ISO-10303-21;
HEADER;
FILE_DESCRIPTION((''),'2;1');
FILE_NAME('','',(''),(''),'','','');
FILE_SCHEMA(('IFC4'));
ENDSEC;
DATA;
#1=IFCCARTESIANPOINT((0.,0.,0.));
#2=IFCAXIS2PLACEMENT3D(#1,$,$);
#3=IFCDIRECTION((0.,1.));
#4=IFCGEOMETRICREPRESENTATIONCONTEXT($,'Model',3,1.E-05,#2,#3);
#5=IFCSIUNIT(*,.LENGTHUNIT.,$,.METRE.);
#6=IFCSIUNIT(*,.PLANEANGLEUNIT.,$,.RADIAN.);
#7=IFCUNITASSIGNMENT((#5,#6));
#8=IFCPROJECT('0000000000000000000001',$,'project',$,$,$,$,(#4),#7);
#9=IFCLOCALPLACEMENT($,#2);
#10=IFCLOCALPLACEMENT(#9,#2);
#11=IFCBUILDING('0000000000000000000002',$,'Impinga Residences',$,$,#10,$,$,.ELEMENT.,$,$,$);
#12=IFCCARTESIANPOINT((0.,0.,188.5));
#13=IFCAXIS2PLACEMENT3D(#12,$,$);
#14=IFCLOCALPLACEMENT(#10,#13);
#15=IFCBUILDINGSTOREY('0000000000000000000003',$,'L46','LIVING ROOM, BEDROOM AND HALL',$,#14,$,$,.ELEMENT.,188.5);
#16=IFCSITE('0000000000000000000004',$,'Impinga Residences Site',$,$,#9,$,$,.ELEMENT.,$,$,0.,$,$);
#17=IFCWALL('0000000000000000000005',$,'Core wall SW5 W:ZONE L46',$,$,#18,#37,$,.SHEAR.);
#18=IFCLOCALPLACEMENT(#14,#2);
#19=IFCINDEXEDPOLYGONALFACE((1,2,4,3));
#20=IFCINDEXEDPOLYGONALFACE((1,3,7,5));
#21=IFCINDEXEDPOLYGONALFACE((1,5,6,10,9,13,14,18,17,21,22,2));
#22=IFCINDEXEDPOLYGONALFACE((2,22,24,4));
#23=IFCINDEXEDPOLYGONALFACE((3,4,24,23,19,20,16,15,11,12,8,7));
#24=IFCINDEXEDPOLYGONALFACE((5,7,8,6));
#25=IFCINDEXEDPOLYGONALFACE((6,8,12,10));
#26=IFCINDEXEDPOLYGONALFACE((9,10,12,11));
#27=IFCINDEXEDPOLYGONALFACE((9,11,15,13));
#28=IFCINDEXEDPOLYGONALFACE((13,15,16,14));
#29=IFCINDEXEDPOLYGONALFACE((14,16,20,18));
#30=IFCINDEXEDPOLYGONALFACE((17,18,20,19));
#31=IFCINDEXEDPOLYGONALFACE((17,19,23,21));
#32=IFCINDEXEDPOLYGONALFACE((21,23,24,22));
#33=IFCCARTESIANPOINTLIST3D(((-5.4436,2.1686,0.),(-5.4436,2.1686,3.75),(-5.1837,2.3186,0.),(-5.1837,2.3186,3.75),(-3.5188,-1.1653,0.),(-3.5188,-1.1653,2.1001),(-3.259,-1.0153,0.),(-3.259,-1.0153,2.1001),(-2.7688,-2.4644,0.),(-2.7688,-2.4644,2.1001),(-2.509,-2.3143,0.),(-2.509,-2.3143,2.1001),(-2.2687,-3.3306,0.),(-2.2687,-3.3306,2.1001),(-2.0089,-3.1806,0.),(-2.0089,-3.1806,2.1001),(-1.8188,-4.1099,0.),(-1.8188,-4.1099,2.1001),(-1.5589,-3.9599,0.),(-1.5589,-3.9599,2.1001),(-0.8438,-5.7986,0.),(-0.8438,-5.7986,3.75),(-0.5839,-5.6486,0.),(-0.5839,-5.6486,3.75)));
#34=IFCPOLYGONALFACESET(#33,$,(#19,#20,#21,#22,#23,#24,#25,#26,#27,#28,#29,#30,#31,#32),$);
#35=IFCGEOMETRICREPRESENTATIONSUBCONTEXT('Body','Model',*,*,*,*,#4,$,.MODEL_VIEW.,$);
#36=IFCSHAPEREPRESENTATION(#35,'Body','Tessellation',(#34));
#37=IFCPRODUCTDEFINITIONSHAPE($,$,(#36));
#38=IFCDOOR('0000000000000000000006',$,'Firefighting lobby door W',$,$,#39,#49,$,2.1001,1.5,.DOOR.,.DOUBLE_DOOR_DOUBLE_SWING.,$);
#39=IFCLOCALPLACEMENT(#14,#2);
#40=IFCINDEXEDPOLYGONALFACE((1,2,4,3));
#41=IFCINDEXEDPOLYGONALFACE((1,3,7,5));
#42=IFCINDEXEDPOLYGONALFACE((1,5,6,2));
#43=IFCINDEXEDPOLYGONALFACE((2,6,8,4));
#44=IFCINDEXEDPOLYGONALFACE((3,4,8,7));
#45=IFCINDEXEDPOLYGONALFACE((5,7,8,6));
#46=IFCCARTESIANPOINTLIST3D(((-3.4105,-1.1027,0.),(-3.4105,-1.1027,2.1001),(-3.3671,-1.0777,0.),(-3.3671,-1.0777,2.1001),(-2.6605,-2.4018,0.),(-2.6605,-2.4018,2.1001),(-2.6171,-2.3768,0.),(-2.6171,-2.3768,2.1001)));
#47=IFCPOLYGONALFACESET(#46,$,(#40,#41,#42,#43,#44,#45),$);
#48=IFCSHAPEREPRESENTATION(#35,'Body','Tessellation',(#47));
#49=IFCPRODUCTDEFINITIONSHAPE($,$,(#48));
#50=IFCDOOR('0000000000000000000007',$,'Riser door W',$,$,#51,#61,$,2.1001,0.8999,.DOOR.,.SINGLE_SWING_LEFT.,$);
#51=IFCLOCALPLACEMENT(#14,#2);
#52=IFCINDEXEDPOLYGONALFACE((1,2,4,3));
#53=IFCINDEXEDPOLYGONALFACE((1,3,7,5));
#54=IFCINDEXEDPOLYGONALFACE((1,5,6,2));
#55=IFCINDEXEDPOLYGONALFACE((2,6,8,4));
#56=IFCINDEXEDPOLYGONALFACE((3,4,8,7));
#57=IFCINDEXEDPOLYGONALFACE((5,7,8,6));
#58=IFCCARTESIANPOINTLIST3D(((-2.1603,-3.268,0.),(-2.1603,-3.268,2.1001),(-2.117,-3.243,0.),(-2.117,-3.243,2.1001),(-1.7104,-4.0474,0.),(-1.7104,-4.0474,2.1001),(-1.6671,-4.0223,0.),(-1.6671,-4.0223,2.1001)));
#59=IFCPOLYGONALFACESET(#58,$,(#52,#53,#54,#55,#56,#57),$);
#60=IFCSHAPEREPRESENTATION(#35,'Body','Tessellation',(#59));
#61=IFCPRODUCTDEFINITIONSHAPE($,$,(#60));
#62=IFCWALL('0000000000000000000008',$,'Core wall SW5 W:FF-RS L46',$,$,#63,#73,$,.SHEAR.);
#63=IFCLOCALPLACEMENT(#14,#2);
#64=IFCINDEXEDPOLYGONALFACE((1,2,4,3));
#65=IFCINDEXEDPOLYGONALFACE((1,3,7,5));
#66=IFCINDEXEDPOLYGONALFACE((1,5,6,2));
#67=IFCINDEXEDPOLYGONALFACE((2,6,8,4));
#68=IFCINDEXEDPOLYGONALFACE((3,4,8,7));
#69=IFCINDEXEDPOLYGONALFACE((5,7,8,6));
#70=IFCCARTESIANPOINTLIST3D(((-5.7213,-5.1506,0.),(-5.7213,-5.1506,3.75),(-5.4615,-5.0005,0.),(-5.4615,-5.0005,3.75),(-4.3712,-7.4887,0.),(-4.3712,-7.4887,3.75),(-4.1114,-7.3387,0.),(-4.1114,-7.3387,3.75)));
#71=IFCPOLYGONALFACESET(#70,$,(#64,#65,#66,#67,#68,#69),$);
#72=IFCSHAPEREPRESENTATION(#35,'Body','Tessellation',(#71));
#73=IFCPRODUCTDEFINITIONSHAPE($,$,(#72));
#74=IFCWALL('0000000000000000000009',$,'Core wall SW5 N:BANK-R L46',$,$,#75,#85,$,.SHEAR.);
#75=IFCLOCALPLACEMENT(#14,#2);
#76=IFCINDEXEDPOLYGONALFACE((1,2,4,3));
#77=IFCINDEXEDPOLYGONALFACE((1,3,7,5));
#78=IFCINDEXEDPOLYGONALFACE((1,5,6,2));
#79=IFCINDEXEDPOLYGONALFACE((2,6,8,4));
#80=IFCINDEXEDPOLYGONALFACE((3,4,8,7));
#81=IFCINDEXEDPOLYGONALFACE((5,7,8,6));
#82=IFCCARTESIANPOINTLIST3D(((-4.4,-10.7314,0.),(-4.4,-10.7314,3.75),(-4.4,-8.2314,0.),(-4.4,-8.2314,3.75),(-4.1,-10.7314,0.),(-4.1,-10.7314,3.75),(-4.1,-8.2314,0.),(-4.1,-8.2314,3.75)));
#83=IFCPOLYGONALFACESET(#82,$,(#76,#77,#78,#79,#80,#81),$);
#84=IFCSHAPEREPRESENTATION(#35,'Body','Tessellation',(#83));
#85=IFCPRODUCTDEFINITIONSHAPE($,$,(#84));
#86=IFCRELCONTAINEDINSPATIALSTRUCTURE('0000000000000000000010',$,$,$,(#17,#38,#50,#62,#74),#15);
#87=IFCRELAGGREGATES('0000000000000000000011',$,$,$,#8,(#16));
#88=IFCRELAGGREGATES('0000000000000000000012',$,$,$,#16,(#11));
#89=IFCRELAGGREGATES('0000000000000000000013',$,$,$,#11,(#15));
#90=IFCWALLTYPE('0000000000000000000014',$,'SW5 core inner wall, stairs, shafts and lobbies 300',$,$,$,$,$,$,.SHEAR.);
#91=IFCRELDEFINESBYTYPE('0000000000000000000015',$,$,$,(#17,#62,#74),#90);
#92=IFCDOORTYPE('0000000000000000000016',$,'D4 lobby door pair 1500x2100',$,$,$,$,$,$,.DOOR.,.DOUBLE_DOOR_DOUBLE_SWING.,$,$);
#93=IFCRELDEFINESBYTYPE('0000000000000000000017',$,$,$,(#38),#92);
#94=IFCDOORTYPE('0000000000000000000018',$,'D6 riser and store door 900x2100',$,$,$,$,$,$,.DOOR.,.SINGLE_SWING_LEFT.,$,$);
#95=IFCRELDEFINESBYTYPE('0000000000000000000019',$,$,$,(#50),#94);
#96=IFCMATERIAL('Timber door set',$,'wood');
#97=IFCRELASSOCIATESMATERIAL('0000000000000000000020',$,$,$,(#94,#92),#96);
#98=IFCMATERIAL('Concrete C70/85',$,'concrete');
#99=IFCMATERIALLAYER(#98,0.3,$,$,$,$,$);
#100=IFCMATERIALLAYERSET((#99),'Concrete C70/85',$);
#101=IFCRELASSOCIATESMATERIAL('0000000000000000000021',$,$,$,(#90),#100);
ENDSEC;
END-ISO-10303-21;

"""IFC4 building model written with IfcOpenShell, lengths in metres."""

from ifc_helpers import new_model, si_unit, direction, frame, frame_2d, origin, place, context, subcontext, project, spatial, rectangle, extrude, material, layer, layer_set, type_object, element, fill, save


model = new_model("IFC4")

# Units and contexts
model_context = context("Model", 3, precision=1e-05, world=origin(), true_north=direction((0.0, 1.0)))
body_context = subcontext(model_context, "Body", "Model", "MODEL_VIEW")
ifc_project = project(units=[si_unit("LENGTHUNIT", "METRE"), si_unit("PLANEANGLEUNIT", "RADIAN")], contexts=[model_context])

# Site, building, storey
site_placement = place(None, origin())
site = spatial("IfcSite", under=ifc_project, at=site_placement, Name="Impinga Residences Site", CompositionType="ELEMENT", RefElevation=0.0)
building_placement = place(site_placement, origin())
building = spatial("IfcBuilding", under=site, at=building_placement, Name="Impinga Residences", CompositionType="ELEMENT")
storey_placement = place(building_placement, frame((0.0, 0.0, 188.5)))
storey = spatial("IfcBuildingStorey", under=building, at=storey_placement, Name="L46", Description="LIVING ROOM, BEDROOM AND HALL", CompositionType="ELEMENT", Elevation=188.5)

# Shared definitions
ifc_material_1 = material(Name="Timber door set", Category="wood")

# Shared definitions
door_type_1 = type_object("IfcDoorType", Name="D6 riser and store door 900x2100", OperationType="SINGLE_SWING_LEFT", PredefinedType="DOOR", material=ifc_material_1)

# Shared definitions
door_type_2 = type_object("IfcDoorType", Name="D4 lobby door pair 1500x2100", OperationType="DOUBLE_DOOR_DOUBLE_SWING", PredefinedType="DOOR", material=ifc_material_1)

# Wall, openings, doors
ifc_material_2 = material(Name="Concrete C70/85", Category="concrete")
ifc_layer_1 = layer(ifc_material_2, 0.3)
ifc_layer_set_1 = layer_set([ifc_layer_1], Name="Concrete C70/85")
wall_type_1 = type_object("IfcWallType", Name="SW5 core inner wall, stairs, shafts and lobbies 300", PredefinedType="SHEAR", material=ifc_layer_set_1)
wall_1_placement = place(storey_placement, frame((-0.7139, -5.7236, 0.0), z_axis=(0.0, 0.0, 1.0), x_axis=(-0.499995, 0.866028, 0.0)))
wall_1 = element("IfcWall", 1, at=wall_1_placement, inside=storey, type_object=wall_type_1, Name="Core wall SW5 W:ZONE L46", PredefinedType="SHEAR", context=body_context, shape_type="SweptSolid", body=[
    extrude(rectangle(XDim=9.1997, YDim=0.3, at=frame_2d((4.5999, 0.0))), origin(), (0.0, 0.0, 1.0), 3.75),
])
opening_1_placement = place(wall_1_placement, frame((3.8501, 0.0, 0.0)))
opening_1 = element("IfcOpeningElement", 2, at=opening_1_placement, cuts=wall_1, PredefinedType="OPENING", context=body_context, shape_type="SweptSolid", body=[
    extrude(rectangle(XDim=1.5, YDim=2.1001, at=frame_2d((0.75, 1.05))), frame((0.0, 0.1599, 0.0), z_axis=(0.0, -1.0, 0.0), x_axis=(1.0, 0.0, 0.0)), (0.0, 0.0, 1.0), 0.3201),
])
opening_2_placement = place(wall_1_placement, frame((1.95, 0.0, 0.0)))
opening_2 = element("IfcOpeningElement", 3, at=opening_2_placement, cuts=wall_1, PredefinedType="OPENING", context=body_context, shape_type="SweptSolid", body=[
    extrude(rectangle(XDim=0.8999, YDim=2.1001, at=frame_2d((0.45, 1.05))), frame((0.0, 0.1599, 0.0), z_axis=(0.0, -1.0, 0.0), x_axis=(1.0, 0.0, 0.0)), (0.0, 0.0, 1.0), 0.3201),
])
door_1_placement = place(opening_1_placement, origin())
door_1 = element("IfcDoor", 4, at=door_1_placement, inside=storey, type_object=door_type_2, Name="Firefighting lobby door W", OperationType="DOUBLE_DOOR_DOUBLE_SWING", OverallHeight=2.1001, OverallWidth=1.5, PredefinedType="DOOR", context=body_context, shape_type="SweptSolid", body=[
    extrude(rectangle(XDim=1.5, YDim=2.1001, at=frame_2d((0.75, 1.05))), frame((0.0, 0.0249, 0.0), z_axis=(0.0, -1.0, 0.0), x_axis=(1.0, 0.0, 0.0)), (0.0, 0.0, 1.0), 0.05),
])
fill(opening_1, door_1)
door_2_placement = place(opening_2_placement, origin())
door_2 = element("IfcDoor", 5, at=door_2_placement, inside=storey, type_object=door_type_1, Name="Riser door W", OperationType="SINGLE_SWING_LEFT", OverallHeight=2.1001, OverallWidth=0.8999, PredefinedType="DOOR", context=body_context, shape_type="SweptSolid", body=[
    extrude(rectangle(XDim=0.8999, YDim=2.1001, at=frame_2d((0.45, 1.05))), frame((0.0, 0.0249, 0.0), z_axis=(0.0, -1.0, 0.0), x_axis=(1.0, 0.0, 0.0)), (0.0, 0.0, 1.0), 0.05),
])
fill(opening_2, door_2)

# Walls
wall_2_placement = place(storey_placement, frame((-4.2412, -7.4138, 0.0), z_axis=(0.0, 0.0, 1.0), x_axis=(-0.500049, 0.865997, 0.0)))
element("IfcWall", 6, at=wall_2_placement, inside=storey, type_object=wall_type_1, Name="Core wall SW5 W:FF-RS L46", PredefinedType="SHEAR", context=body_context, shape_type="SweptSolid", body=[
    extrude(rectangle(XDim=2.7, YDim=0.3, at=frame_2d((1.3501, 0.0))), origin(), (0.0, 0.0, 1.0), 3.75),
])
wall_3_placement = place(storey_placement, frame((-4.25, -8.2314, 0.0), z_axis=(0.0, 0.0, 1.0), x_axis=(0.0, -1.0, 0.0)))
element("IfcWall", 7, at=wall_3_placement, inside=storey, type_object=wall_type_1, Name="Core wall SW5 N:BANK-R L46", PredefinedType="SHEAR", context=body_context, shape_type="SweptSolid", body=[
    extrude(rectangle(XDim=2.5, YDim=0.3, at=frame_2d((1.25, 0.0))), origin(), (0.0, 0.0, 1.0), 3.75),
])

save(model, "model.ifc")
